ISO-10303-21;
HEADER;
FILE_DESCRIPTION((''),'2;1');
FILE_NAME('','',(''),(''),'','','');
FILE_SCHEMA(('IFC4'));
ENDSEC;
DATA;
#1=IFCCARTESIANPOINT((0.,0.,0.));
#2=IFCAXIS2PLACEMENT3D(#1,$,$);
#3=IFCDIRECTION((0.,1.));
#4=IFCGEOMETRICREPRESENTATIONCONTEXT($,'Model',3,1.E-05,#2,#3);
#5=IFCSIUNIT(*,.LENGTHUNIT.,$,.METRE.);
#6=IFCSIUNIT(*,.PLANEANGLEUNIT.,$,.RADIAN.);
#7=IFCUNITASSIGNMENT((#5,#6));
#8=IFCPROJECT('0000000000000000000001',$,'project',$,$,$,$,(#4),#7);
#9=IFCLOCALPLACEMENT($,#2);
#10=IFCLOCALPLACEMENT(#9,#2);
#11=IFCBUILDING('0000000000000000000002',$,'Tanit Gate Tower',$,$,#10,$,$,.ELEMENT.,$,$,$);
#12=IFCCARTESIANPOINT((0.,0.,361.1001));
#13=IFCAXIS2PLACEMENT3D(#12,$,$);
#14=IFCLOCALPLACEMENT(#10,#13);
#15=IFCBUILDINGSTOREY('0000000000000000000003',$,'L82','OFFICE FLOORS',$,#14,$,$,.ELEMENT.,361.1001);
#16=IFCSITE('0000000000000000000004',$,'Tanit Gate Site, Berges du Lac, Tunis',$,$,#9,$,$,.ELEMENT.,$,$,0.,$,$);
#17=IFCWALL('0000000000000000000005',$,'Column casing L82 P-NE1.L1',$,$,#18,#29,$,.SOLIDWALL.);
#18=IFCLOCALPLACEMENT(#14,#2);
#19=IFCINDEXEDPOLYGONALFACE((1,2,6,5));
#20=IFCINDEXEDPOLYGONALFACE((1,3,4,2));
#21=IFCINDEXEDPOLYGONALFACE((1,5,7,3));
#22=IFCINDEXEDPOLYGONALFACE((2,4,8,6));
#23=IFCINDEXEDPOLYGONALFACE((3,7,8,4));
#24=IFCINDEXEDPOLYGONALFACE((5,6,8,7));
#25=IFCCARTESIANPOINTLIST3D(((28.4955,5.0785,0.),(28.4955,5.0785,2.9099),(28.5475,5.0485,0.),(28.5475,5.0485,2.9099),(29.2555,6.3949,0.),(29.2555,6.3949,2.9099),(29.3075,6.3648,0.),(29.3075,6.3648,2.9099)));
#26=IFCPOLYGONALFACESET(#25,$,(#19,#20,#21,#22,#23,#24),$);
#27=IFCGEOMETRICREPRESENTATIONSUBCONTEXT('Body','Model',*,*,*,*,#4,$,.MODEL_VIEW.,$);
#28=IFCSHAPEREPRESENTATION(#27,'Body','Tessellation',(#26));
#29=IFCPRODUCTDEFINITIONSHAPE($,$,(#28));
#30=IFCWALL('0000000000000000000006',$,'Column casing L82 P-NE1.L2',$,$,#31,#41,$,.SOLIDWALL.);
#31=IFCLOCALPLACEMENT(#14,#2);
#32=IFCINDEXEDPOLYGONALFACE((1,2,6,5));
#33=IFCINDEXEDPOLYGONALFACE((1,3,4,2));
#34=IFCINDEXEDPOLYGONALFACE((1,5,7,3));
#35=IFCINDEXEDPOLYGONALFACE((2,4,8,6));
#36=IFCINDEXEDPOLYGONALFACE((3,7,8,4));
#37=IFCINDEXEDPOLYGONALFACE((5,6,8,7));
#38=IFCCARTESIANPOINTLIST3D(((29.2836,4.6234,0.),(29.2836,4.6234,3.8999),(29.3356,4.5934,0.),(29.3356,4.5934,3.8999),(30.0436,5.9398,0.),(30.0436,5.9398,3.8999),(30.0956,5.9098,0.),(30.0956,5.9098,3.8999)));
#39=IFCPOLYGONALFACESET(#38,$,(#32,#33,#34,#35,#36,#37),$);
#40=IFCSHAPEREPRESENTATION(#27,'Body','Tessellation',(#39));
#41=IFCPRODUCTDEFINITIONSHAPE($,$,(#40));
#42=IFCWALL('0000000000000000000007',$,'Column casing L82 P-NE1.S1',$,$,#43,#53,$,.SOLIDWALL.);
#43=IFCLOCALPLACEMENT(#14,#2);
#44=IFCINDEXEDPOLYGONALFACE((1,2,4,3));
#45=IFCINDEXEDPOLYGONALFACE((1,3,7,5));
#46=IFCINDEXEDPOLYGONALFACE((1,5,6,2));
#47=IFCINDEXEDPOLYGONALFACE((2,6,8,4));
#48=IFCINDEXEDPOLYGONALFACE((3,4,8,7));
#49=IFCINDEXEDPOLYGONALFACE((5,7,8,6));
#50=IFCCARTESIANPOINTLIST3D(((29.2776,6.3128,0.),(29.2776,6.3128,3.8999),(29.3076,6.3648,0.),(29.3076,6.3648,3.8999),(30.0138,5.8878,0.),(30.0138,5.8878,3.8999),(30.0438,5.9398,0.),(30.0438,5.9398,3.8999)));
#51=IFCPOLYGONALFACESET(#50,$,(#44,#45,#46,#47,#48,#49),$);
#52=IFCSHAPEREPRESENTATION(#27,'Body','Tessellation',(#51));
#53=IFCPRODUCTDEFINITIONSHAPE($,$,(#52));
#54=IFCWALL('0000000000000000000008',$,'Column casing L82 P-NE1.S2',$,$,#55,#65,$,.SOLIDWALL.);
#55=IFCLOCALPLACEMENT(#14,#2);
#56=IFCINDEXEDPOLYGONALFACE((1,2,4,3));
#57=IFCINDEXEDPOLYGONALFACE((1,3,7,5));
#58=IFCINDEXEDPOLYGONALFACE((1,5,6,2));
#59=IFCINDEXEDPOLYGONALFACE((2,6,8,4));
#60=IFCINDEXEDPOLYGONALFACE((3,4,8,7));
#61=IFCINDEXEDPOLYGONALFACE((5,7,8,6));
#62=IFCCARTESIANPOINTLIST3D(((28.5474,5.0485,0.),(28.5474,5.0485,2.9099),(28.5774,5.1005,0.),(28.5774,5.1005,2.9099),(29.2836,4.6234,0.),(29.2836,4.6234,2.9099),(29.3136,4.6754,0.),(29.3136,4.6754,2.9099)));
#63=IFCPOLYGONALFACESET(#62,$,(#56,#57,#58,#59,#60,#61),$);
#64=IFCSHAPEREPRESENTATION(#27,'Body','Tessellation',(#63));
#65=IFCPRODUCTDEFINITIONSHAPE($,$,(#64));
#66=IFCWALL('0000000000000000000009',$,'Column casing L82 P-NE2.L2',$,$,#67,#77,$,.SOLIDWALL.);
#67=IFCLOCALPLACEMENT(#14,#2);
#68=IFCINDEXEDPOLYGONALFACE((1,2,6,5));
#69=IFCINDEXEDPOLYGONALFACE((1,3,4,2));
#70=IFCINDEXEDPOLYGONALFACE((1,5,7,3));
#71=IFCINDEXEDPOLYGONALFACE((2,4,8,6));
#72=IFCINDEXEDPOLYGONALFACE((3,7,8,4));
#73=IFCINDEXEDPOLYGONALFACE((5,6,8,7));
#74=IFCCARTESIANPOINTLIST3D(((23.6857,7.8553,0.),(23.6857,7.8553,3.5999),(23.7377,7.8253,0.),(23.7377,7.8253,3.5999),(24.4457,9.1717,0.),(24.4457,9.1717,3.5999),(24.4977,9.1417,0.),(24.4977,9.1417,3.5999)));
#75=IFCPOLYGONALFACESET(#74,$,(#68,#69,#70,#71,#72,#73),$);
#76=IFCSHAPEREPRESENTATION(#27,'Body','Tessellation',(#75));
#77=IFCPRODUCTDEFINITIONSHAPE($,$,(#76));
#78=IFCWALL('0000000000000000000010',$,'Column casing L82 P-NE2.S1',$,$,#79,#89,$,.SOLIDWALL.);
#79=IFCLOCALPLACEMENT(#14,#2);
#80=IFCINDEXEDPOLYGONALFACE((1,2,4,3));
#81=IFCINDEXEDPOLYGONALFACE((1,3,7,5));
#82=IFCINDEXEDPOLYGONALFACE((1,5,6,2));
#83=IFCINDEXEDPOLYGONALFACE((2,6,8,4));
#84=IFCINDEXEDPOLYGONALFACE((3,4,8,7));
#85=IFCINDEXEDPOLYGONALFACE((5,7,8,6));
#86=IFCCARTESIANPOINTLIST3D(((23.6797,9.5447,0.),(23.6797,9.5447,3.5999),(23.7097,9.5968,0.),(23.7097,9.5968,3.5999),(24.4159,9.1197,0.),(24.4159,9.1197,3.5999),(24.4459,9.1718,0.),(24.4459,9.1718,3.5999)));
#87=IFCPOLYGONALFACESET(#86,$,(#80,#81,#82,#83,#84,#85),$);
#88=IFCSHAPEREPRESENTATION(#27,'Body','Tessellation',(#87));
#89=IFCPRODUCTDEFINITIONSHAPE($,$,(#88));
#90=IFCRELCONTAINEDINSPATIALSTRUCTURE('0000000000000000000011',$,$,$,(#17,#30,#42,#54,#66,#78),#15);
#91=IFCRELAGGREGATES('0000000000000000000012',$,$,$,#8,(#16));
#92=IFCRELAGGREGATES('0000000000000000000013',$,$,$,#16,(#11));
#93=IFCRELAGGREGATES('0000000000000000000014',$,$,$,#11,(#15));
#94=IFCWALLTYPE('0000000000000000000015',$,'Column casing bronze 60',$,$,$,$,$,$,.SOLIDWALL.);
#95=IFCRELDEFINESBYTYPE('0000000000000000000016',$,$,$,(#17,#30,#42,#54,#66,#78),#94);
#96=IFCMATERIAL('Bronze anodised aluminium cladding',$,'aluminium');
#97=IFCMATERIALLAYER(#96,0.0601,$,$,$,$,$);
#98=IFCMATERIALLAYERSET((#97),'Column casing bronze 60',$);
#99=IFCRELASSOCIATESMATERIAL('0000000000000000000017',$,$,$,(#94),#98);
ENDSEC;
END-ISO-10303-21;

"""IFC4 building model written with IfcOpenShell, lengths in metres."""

from ifc_helpers import new_model, si_unit, direction, frame, frame_2d, origin, place, context, subcontext, project, spatial, rectangle, extrude, material, layer, layer_set, type_object, element, save


model = new_model("IFC4")

# Units and contexts
model_context = context("Model", 3, precision=1e-05, world=origin(), true_north=direction((0.0, 1.0)))
body_context = subcontext(model_context, "Body", "Model", "MODEL_VIEW")
ifc_project = project(units=[si_unit("LENGTHUNIT", "METRE"), si_unit("PLANEANGLEUNIT", "RADIAN")], contexts=[model_context])

# Site, building, storey
site_placement = place(None, origin())
site = spatial("IfcSite", under=ifc_project, at=site_placement, Name="Tanit Gate Site, Berges du Lac, Tunis", CompositionType="ELEMENT", RefElevation=0.0)
building_placement = place(site_placement, origin())
building = spatial("IfcBuilding", under=site, at=building_placement, Name="Tanit Gate Tower", CompositionType="ELEMENT")
storey_placement = place(building_placement, frame((0.0, 0.0, 361.1001)))
storey = spatial("IfcBuildingStorey", under=building, at=storey_placement, Name="L82", Description="OFFICE FLOORS", CompositionType="ELEMENT", Elevation=361.1001)

# Walls
ifc_material_1 = material(Name="Bronze anodised aluminium cladding", Category="aluminium")
ifc_layer_1 = layer(ifc_material_1, 0.0601)
ifc_layer_set_1 = layer_set([ifc_layer_1], Name="Column casing bronze 60")
wall_type_1 = type_object("IfcWallType", Name="Column casing bronze 60", PredefinedType="SOLIDWALL", material=ifc_layer_set_1)
wall_1_placement = place(storey_placement, frame((28.5215, 5.0635, 0.0), z_axis=(0.0, 0.0, 1.0), x_axis=(0.499991, 0.86603, 0.0)))
element("IfcWall", 1, at=wall_1_placement, inside=storey, type_object=wall_type_1, Name="Column casing L82 P-NE1.L1", PredefinedType="SOLIDWALL", context=body_context, shape_type="SweptSolid", body=[
    extrude(rectangle(XDim=1.52, YDim=0.0601, at=frame_2d((0.76, 0.0))), origin(), (0.0, 0.0, 1.0), 2.9099),
])
wall_2_placement = place(storey_placement, frame((29.3096, 4.6084, 0.0), z_axis=(0.0, 0.0, 1.0), x_axis=(0.499991, 0.86603, 0.0)))
element("IfcWall", 2, at=wall_2_placement, inside=storey, type_object=wall_type_1, Name="Column casing L82 P-NE1.L2", PredefinedType="SOLIDWALL", context=body_context, shape_type="SweptSolid", body=[
    extrude(rectangle(XDim=1.52, YDim=0.0601, at=frame_2d((0.76, 0.0))), origin(), (0.0, 0.0, 1.0), 3.8999),
])
wall_3_placement = place(storey_placement, frame((30.0288, 5.9138, 0.0), z_axis=(0.0, 0.0, 1.0), x_axis=(-0.866061, 0.499938, 0.0)))
element("IfcWall", 3, at=wall_3_placement, inside=storey, type_object=wall_type_1, Name="Column casing L82 P-NE1.S1", PredefinedType="SOLIDWALL", context=body_context, shape_type="SweptSolid", body=[
    extrude(rectangle(XDim=0.8501, YDim=0.0601, at=frame_2d((0.425, 0.0))), origin(), (0.0, 0.0, 1.0), 3.8999),
])
wall_4_placement = place(storey_placement, frame((29.2986, 4.6494, 0.0), z_axis=(0.0, 0.0, 1.0), x_axis=(-0.865989, 0.500062, 0.0)))
element("IfcWall", 4, at=wall_4_placement, inside=storey, type_object=wall_type_1, Name="Column casing L82 P-NE1.S2", PredefinedType="SOLIDWALL", context=body_context, shape_type="SweptSolid", body=[
    extrude(rectangle(XDim=0.8501, YDim=0.0601, at=frame_2d((0.425, 0.0))), origin(), (0.0, 0.0, 1.0), 2.9099),
])
wall_5_placement = place(storey_placement, frame((23.7117, 7.8403, 0.0), z_axis=(0.0, 0.0, 1.0), x_axis=(0.499991, 0.86603, 0.0)))
element("IfcWall", 5, at=wall_5_placement, inside=storey, type_object=wall_type_1, Name="Column casing L82 P-NE2.L2", PredefinedType="SOLIDWALL", context=body_context, shape_type="SweptSolid", body=[
    extrude(rectangle(XDim=1.52, YDim=0.0601, at=frame_2d((0.76, 0.0))), origin(), (0.0, 0.0, 1.0), 3.5999),
])
wall_6_placement = place(storey_placement, frame((24.4309, 9.1458, 0.0), z_axis=(0.0, 0.0, 1.0), x_axis=(-0.866061, 0.499938, 0.0)))
element("IfcWall", 6, at=wall_6_placement, inside=storey, type_object=wall_type_1, Name="Column casing L82 P-NE2.S1", PredefinedType="SOLIDWALL", context=body_context, shape_type="SweptSolid", body=[
    extrude(rectangle(XDim=0.8501, YDim=0.0601, at=frame_2d((0.425, 0.0))), origin(), (0.0, 0.0, 1.0), 3.5999),
])

save(model, "model.ifc")
